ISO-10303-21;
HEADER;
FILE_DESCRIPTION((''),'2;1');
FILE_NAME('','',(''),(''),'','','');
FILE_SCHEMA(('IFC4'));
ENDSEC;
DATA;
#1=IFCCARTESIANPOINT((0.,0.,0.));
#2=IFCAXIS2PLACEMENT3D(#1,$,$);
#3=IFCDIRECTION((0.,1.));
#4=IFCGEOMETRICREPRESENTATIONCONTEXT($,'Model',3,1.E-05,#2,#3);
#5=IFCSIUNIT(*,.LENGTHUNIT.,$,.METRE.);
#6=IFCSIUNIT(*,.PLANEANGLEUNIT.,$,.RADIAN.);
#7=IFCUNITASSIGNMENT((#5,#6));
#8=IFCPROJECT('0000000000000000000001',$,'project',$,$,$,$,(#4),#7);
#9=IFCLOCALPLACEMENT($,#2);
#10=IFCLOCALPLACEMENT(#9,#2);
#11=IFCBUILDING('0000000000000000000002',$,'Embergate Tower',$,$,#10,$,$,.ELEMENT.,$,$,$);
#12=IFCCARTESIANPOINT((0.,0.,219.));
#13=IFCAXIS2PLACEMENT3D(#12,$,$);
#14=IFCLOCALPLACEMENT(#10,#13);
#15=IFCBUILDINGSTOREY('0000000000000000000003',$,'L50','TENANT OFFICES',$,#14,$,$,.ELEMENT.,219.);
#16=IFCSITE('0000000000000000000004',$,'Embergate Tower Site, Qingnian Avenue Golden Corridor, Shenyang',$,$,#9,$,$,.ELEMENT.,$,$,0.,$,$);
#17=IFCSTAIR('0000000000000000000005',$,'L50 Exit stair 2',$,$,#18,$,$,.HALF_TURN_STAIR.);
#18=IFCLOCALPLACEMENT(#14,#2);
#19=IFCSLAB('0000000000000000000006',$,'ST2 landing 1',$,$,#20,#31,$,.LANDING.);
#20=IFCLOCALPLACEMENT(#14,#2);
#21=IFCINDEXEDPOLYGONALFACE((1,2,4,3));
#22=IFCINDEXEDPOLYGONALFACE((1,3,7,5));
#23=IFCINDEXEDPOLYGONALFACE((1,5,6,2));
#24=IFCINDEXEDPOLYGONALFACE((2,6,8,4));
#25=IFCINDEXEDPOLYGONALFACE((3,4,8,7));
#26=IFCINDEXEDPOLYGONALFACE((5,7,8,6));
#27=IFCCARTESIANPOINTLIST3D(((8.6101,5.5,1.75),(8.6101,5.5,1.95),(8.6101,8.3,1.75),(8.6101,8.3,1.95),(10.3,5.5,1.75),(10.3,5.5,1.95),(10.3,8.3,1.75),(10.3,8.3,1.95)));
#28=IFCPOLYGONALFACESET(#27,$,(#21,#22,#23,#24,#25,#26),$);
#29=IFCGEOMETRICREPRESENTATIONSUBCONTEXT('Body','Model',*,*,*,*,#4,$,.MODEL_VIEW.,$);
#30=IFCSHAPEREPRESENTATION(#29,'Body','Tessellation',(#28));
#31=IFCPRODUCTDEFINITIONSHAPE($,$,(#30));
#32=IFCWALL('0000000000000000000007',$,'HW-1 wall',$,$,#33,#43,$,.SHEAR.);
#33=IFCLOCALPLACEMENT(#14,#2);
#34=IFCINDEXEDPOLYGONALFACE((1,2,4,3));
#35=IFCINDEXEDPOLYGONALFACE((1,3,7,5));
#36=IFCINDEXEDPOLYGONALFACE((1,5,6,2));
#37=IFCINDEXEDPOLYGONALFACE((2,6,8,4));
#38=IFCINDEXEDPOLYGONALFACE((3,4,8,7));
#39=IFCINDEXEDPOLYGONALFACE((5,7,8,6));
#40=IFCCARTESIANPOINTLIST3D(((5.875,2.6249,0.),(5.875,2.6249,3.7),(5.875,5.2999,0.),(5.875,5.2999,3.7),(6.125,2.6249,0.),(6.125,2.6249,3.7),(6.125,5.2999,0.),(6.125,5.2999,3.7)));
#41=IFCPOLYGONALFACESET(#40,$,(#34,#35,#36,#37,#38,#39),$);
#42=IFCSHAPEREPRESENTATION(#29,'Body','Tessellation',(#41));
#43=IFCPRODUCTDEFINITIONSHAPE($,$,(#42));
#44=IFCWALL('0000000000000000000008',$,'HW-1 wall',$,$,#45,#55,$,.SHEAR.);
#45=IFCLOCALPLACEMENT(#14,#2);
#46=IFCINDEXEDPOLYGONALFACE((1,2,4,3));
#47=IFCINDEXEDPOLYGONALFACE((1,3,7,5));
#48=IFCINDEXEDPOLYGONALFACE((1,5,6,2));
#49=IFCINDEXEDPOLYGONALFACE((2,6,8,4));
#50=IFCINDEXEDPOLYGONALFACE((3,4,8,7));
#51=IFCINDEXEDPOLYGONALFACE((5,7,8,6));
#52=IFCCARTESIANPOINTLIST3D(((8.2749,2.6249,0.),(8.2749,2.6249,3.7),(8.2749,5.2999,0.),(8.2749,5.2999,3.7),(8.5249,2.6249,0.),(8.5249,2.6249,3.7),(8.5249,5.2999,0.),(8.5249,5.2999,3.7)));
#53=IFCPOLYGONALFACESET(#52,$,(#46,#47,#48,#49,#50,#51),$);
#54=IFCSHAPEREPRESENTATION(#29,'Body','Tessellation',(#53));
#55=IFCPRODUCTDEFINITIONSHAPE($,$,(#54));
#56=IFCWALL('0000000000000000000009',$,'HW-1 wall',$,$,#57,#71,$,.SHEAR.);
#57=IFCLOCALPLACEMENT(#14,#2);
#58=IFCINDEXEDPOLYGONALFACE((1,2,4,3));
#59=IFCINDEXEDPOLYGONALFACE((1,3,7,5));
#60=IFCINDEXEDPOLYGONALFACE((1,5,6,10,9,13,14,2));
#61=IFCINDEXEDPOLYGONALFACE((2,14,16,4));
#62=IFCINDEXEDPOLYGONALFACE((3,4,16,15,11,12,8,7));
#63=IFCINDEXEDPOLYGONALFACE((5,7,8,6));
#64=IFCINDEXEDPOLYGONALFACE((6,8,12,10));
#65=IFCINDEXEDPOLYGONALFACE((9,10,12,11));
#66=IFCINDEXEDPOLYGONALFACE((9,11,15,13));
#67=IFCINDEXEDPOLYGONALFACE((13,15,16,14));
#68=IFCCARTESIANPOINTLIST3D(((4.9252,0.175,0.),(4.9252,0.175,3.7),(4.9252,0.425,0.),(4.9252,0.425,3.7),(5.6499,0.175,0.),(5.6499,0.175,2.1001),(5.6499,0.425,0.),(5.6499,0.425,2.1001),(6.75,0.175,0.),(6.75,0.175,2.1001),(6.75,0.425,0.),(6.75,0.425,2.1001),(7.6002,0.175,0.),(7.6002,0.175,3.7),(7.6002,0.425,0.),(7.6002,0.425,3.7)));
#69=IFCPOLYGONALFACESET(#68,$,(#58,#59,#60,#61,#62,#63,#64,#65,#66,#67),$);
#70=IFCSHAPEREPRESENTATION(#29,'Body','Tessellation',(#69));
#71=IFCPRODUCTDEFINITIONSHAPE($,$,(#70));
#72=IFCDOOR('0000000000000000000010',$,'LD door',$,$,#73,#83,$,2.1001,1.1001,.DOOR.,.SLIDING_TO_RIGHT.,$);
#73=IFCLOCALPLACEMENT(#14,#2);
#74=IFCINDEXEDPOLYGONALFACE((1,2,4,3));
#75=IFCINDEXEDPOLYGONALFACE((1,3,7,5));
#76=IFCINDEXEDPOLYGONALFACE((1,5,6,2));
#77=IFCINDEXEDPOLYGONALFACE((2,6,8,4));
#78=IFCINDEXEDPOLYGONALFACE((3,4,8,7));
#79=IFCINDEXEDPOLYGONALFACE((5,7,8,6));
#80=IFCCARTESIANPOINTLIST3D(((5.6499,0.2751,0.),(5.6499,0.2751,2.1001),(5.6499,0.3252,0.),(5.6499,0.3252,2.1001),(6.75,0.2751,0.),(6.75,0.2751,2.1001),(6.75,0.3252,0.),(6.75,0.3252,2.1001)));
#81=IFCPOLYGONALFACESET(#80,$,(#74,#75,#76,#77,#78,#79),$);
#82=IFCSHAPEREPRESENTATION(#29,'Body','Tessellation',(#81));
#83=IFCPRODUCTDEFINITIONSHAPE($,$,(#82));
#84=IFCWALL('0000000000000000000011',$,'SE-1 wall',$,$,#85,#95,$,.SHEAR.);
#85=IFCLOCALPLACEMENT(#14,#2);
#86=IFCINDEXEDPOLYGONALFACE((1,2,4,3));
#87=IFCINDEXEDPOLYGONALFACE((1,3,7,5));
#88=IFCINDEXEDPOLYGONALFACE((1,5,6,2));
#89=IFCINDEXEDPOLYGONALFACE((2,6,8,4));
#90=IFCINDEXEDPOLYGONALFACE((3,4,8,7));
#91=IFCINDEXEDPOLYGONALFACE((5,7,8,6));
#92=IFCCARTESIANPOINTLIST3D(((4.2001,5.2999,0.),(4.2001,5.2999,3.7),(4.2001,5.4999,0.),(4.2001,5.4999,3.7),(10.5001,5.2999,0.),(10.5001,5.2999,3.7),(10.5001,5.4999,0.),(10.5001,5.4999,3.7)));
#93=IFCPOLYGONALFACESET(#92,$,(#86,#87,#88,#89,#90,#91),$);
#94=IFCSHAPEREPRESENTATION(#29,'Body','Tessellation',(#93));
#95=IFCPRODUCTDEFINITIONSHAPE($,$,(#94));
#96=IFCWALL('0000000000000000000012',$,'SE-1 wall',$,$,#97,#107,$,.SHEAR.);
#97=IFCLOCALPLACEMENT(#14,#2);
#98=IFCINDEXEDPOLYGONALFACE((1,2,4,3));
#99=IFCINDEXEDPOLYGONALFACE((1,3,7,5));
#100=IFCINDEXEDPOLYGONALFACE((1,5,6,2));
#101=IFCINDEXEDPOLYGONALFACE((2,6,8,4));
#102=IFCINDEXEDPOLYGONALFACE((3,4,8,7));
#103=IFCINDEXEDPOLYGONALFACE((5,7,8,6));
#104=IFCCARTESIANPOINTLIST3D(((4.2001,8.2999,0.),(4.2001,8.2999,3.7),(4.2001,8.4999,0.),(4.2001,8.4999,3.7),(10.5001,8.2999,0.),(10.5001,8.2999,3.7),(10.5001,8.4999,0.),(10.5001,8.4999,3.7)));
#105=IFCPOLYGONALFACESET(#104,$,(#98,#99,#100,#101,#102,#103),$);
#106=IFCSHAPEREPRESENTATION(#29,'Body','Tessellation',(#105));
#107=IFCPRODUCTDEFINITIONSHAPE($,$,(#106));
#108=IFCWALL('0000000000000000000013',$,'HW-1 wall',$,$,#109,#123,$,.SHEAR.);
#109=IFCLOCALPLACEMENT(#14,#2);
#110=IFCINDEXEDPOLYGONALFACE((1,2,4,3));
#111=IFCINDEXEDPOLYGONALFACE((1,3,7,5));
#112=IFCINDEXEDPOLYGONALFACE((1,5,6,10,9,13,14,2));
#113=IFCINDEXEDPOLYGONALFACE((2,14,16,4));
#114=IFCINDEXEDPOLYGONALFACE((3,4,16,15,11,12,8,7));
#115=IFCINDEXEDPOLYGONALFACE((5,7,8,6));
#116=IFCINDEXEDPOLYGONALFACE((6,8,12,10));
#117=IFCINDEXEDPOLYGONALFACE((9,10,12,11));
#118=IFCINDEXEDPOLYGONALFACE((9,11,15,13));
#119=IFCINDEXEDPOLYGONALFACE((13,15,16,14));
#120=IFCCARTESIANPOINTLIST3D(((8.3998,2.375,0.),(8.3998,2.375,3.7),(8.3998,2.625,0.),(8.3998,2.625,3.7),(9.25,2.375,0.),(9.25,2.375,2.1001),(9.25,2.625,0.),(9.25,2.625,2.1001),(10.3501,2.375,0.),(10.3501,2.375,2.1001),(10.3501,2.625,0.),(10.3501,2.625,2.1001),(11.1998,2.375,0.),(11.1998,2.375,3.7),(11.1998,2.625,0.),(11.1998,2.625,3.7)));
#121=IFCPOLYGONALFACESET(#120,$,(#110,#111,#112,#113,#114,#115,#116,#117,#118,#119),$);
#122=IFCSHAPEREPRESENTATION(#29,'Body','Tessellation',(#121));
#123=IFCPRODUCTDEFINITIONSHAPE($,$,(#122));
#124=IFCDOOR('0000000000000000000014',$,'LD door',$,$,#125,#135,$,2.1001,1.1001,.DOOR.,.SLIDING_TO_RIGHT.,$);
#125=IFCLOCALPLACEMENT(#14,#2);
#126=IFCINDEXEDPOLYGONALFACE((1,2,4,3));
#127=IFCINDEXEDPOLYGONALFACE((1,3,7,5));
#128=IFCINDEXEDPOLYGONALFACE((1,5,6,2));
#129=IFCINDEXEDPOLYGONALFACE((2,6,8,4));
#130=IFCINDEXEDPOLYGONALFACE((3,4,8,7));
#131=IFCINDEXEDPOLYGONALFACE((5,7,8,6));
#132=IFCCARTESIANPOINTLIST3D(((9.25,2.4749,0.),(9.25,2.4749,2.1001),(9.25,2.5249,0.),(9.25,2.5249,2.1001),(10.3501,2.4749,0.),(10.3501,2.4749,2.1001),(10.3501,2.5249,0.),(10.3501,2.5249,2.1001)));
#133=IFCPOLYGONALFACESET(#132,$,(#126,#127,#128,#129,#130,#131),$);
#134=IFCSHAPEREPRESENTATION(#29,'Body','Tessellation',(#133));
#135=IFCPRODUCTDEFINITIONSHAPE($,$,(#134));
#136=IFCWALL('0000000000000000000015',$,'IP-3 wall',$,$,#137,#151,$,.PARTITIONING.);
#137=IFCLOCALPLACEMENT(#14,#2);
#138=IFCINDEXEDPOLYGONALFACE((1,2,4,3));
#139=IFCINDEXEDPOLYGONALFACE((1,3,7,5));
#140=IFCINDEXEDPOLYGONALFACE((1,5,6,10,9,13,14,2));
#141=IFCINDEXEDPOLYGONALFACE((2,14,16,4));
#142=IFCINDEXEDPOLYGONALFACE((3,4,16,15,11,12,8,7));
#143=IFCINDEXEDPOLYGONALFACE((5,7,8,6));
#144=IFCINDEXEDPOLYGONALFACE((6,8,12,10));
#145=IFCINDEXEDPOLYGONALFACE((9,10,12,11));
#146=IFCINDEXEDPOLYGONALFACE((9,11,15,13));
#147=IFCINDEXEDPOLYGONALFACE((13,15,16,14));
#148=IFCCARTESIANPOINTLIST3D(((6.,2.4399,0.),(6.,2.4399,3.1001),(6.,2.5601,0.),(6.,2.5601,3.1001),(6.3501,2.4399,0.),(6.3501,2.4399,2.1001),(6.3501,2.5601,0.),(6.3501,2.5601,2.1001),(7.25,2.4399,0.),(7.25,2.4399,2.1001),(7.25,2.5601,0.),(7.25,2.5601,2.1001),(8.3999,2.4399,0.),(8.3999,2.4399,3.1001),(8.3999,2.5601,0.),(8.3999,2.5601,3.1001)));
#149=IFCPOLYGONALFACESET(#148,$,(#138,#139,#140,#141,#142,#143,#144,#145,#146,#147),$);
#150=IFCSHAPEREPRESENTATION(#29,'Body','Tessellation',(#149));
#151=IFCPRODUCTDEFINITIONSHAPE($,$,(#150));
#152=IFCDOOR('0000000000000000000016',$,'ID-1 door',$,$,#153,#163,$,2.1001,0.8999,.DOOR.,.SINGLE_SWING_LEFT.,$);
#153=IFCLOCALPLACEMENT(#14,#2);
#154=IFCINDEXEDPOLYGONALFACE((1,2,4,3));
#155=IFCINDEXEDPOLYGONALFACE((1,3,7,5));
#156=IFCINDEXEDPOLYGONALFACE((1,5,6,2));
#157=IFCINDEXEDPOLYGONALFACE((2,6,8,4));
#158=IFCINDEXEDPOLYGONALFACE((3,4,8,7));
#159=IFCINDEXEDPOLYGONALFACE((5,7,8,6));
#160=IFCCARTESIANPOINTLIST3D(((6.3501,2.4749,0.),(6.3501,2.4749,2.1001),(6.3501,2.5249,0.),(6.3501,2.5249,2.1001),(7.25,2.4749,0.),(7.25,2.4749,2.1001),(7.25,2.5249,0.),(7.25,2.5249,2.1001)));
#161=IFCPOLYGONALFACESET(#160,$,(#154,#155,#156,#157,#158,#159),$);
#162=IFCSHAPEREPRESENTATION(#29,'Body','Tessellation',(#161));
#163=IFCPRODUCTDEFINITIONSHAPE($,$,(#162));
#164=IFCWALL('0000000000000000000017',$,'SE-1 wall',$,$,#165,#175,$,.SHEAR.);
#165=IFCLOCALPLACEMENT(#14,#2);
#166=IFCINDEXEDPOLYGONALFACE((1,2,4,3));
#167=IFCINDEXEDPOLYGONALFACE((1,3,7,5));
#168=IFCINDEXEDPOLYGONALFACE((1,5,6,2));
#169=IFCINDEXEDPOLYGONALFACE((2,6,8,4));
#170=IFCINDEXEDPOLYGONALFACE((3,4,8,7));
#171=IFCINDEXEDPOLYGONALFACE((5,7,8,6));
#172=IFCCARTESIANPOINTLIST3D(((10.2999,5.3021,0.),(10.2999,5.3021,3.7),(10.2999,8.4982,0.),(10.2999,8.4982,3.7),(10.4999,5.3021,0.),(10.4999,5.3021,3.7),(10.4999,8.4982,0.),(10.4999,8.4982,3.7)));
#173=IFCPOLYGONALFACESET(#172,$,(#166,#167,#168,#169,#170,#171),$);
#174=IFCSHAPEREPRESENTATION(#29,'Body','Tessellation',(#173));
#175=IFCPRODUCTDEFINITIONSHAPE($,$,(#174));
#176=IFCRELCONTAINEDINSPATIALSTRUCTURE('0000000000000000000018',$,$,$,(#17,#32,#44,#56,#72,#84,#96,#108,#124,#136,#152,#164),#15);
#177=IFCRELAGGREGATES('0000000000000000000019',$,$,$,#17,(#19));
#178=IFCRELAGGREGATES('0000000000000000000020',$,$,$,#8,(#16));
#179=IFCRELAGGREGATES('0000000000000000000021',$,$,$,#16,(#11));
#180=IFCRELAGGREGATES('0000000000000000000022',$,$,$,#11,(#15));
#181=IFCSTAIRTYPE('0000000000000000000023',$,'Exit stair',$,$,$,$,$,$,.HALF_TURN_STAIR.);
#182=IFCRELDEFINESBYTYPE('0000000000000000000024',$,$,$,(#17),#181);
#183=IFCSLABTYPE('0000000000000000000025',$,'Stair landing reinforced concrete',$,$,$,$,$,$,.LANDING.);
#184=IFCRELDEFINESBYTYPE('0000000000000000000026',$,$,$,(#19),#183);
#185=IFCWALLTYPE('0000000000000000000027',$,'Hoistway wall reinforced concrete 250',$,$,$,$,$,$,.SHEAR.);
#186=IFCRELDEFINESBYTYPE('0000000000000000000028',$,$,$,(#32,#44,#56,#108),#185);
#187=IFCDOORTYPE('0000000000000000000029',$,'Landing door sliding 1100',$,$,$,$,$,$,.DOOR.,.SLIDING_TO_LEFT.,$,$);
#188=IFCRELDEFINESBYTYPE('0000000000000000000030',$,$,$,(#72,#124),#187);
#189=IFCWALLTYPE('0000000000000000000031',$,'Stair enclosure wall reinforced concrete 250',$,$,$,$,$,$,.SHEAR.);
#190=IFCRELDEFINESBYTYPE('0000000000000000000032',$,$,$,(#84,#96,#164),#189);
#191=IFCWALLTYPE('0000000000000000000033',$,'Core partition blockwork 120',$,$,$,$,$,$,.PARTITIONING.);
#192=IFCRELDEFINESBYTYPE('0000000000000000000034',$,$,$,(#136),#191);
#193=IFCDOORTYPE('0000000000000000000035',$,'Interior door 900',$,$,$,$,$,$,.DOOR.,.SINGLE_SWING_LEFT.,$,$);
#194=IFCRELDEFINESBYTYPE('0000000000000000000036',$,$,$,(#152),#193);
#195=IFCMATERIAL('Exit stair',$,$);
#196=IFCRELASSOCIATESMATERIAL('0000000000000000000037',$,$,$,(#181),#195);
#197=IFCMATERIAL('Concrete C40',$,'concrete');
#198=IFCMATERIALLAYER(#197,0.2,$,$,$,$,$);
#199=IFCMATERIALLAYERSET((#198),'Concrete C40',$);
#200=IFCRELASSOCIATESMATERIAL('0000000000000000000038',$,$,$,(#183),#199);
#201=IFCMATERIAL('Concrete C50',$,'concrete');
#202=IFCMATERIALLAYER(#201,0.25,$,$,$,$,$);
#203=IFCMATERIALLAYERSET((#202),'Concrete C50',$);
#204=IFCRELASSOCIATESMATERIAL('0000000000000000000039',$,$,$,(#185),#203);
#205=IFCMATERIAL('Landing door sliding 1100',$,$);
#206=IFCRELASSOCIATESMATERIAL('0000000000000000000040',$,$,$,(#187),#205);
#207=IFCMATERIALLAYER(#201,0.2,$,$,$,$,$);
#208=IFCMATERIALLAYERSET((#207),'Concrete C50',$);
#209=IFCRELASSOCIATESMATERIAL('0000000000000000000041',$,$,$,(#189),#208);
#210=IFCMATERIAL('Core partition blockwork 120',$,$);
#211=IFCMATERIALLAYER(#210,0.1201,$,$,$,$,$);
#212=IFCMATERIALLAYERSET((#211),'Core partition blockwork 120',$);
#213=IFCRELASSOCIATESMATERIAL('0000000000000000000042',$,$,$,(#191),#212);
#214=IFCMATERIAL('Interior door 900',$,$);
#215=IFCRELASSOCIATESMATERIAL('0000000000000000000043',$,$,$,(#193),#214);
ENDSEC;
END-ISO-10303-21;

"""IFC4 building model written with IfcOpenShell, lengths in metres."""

from ifc_helpers import new_model, si_unit, direction, frame, frame_2d, origin, place, context, subcontext, project, spatial, polyline, rectangle, outline, extrude, source, transform, mapped, material, layer, layer_set, type_object, element, fill, aggregate, save


model = new_model("IFC4")

# Units and contexts
model_context = context("Model", 3, precision=1e-05, world=origin(), true_north=direction((0.0, 1.0)))
body_context = subcontext(model_context, "Body", "Model", "MODEL_VIEW")
ifc_project = project(units=[si_unit("LENGTHUNIT", "METRE"), si_unit("PLANEANGLEUNIT", "RADIAN")], contexts=[model_context])

# Site, building, storey
site_placement = place(None, origin())
site = spatial("IfcSite", under=ifc_project, at=site_placement, Name="Embergate Tower Site, Qingnian Avenue Golden Corridor, Shenyang", CompositionType="ELEMENT", RefElevation=0.0)
building_placement = place(site_placement, origin())
building = spatial("IfcBuilding", under=site, at=building_placement, Name="Embergate Tower", CompositionType="ELEMENT")
storey_placement = place(building_placement, frame((0.0, 0.0, 219.0)))
storey = spatial("IfcBuildingStorey", under=building, at=storey_placement, Name="L50", Description="TENANT OFFICES", CompositionType="ELEMENT", Elevation=219.0)

# Stair, slab
ifc_material_1 = material(Name="Exit stair")
stair_type = type_object("IfcStairType", Name="Exit stair", PredefinedType="HALF_TURN_STAIR", material=ifc_material_1)
stair_placement = place(storey_placement, origin())
stair = element("IfcStair", 1, at=stair_placement, inside=storey, type_object=stair_type, Name="L50 Exit stair 2", PredefinedType="HALF_TURN_STAIR")
ifc_material_2 = material(Name="Concrete C40", Category="concrete")
ifc_layer_1 = layer(ifc_material_2, 0.2)
ifc_layer_set_1 = layer_set([ifc_layer_1], Name="Concrete C40")
slab_type = type_object("IfcSlabType", Name="Stair landing reinforced concrete", PredefinedType="LANDING", material=ifc_layer_set_1)
shared_shape_1 = source(origin(), body_context, "Body", "SweptSolid", [
    extrude(outline(polyline([(0.0, 0.0), (1.6899, 0.0), (1.6899, 2.8), (0.0, 2.8), (0.0, 0.0)])), origin(), (0.0, 0.0, 1.0), 0.2),
])
slab_placement = place(storey_placement, frame((8.6101, 5.5, 1.75)))
slab = element("IfcSlab", 2, at=slab_placement, type_object=slab_type, Name="ST2 landing 1", PredefinedType="LANDING", context=body_context, shape_type="MappedRepresentation", body=[
    mapped(shared_shape_1, transform((0.0, 0.0, 0.0))),
])

# Walls
ifc_material_3 = material(Name="Concrete C50", Category="concrete")
ifc_layer_2 = layer(ifc_material_3, 0.25)
ifc_layer_set_2 = layer_set([ifc_layer_2], Name="Concrete C50")
wall_type_1 = type_object("IfcWallType", Name="Hoistway wall reinforced concrete 250", PredefinedType="SHEAR", material=ifc_layer_set_2)
shared_shape_2 = source(origin(), body_context, "Body", "SweptSolid", [
    extrude(rectangle(XDim=2.675, YDim=0.25, at=frame_2d((1.3374, 0.0))), origin(), (0.0, 0.0, 1.0), 3.7),
])
for number, where, z_axis, x_axis, name in (
    (3, (6.0, 2.625, 0.0), (0.0, 0.0, 1.0), (0.0, 1.0, 0.0), "HW-1 wall"),
    (4, (8.3999, 2.625, 0.0), (0.0, 0.0, 1.0), (0.0, 1.0, 0.0), "HW-1 wall"),
):
    element("IfcWall", number, at=place(storey_placement, frame(where, z_axis=z_axis, x_axis=x_axis)), inside=storey, type_object=wall_type_1, Name=name, PredefinedType="SHEAR", context=body_context, shape_type="MappedRepresentation", body=[
        mapped(shared_shape_2, transform((0.0, 0.0, 0.0))),
    ])

# Wall, opening, door
wall_1_placement = place(storey_placement, frame((7.6001, 0.3, 0.0), z_axis=(0.0, 0.0, 1.0), x_axis=(-1.0, 0.0, 0.0)))
wall_1 = element("IfcWall", 5, at=wall_1_placement, inside=storey, type_object=wall_type_1, Name="HW-1 wall", PredefinedType="SHEAR", context=body_context, shape_type="MappedRepresentation", body=[
    mapped(shared_shape_2, transform((0.0, 0.0, 0.0))),
])
shared_shape_3 = source(origin(), body_context, "Body", "SweptSolid", [
    extrude(rectangle(XDim=1.1001, YDim=2.1001, at=frame_2d((0.55, 1.05))), frame((0.0, 0.135, 0.0), z_axis=(0.0, -1.0, 0.0), x_axis=(1.0, 0.0, 0.0)), (0.0, 0.0, 1.0), 0.27),
])
opening_1_placement = place(wall_1_placement, frame((0.8501, 0.0, 0.0)))
opening_1 = element("IfcOpeningElement", 6, at=opening_1_placement, cuts=wall_1, PredefinedType="OPENING", context=body_context, shape_type="MappedRepresentation", body=[
    mapped(shared_shape_3, transform((0.0, 0.0, 0.0))),
])
ifc_material_4 = material(Name="Landing door sliding 1100")
door_type_1 = type_object("IfcDoorType", Name="Landing door sliding 1100", OperationType="SLIDING_TO_LEFT", PredefinedType="DOOR", material=ifc_material_4)
shared_shape_4 = source(origin(), body_context, "Body", "SweptSolid", [
    extrude(rectangle(XDim=1.1001, YDim=2.1001, at=frame_2d((0.55, 1.05))), frame((0.0, 0.0249, 0.0), z_axis=(0.0, -1.0, 0.0), x_axis=(1.0, 0.0, 0.0)), (0.0, 0.0, 1.0), 0.05),
])
door_1_placement = place(opening_1_placement, origin())
door_1 = element("IfcDoor", 7, at=door_1_placement, inside=storey, type_object=door_type_1, Name="LD door", OperationType="SLIDING_TO_RIGHT", OverallHeight=2.1001, OverallWidth=1.1001, PredefinedType="DOOR", context=body_context, shape_type="MappedRepresentation", body=[
    mapped(shared_shape_4, transform((0.0, 0.0, 0.0))),
])
fill(opening_1, door_1)

# Walls
ifc_layer_3 = layer(ifc_material_3, 0.2)
ifc_layer_set_3 = layer_set([ifc_layer_3], Name="Concrete C50")
wall_type_2 = type_object("IfcWallType", Name="Stair enclosure wall reinforced concrete 250", PredefinedType="SHEAR", material=ifc_layer_set_3)
shared_shape_5 = source(origin(), body_context, "Body", "SweptSolid", [
    extrude(rectangle(XDim=6.3, YDim=0.2, at=frame_2d((3.1499, 0.0))), origin(), (0.0, 0.0, 1.0), 3.7),
])
for number, where, z_axis, x_axis, name in (
    (8, (10.5, 5.3999, 0.0), (0.0, 0.0, 1.0), (-1.0, 0.0, 0.0), "SE-1 wall"),
    (9, (10.5, 8.3999, 0.0), (0.0, 0.0, 1.0), (-1.0, 0.0, 0.0), "SE-1 wall"),
):
    element("IfcWall", number, at=place(storey_placement, frame(where, z_axis=z_axis, x_axis=x_axis)), inside=storey, type_object=wall_type_2, Name=name, PredefinedType="SHEAR", context=body_context, shape_type="MappedRepresentation", body=[
        mapped(shared_shape_5, transform((0.0, 0.0, 0.0))),
    ])

# Walls, openings, doors
shared_shape_6 = source(origin(), body_context, "Body", "SweptSolid", [
    extrude(rectangle(XDim=2.8, YDim=0.25, at=frame_2d((1.3999, 0.0))), origin(), (0.0, 0.0, 1.0), 3.7),
])
wall_2_placement = place(storey_placement, frame((8.3999, 2.5, 0.0), z_axis=(0.0, 0.0, 1.0), x_axis=(1.0, 0.0, 0.0)))
wall_2 = element("IfcWall", 10, at=wall_2_placement, inside=storey, type_object=wall_type_1, Name="HW-1 wall", PredefinedType="SHEAR", context=body_context, shape_type="MappedRepresentation", body=[
    mapped(shared_shape_6, transform((0.0, 0.0, 0.0))),
])
opening_2_placement = place(wall_2_placement, frame((0.8501, 0.0, 0.0)))
opening_2 = element("IfcOpeningElement", 11, at=opening_2_placement, cuts=wall_2, PredefinedType="OPENING", context=body_context, shape_type="MappedRepresentation", body=[
    mapped(shared_shape_3, transform((0.0, 0.0, 0.0))),
])
door_2_placement = place(opening_2_placement, origin())
door_2 = element("IfcDoor", 12, at=door_2_placement, inside=storey, type_object=door_type_1, Name="LD door", OperationType="SLIDING_TO_RIGHT", OverallHeight=2.1001, OverallWidth=1.1001, PredefinedType="DOOR", context=body_context, shape_type="MappedRepresentation", body=[
    mapped(shared_shape_4, transform((0.0, 0.0, 0.0))),
])
fill(opening_2, door_2)
ifc_material_5 = material(Name="Core partition blockwork 120")
ifc_layer_4 = layer(ifc_material_5, 0.1201)
ifc_layer_set_4 = layer_set([ifc_layer_4], Name="Core partition blockwork 120")
wall_type_3 = type_object("IfcWallType", Name="Core partition blockwork 120", PredefinedType="PARTITIONING", material=ifc_layer_set_4)
shared_shape_7 = source(origin(), body_context, "Body", "SweptSolid", [
    extrude(rectangle(XDim=2.3999, YDim=0.1201, at=frame_2d((1.2, 0.0))), origin(), (0.0, 0.0, 1.0), 3.1001),
])
wall_3_placement = place(storey_placement, frame((6.0, 2.5, 0.0), z_axis=(0.0, 0.0, 1.0), x_axis=(1.0, 0.0, 0.0)))
wall_3 = element("IfcWall", 13, at=wall_3_placement, inside=storey, type_object=wall_type_3, Name="IP-3 wall", PredefinedType="PARTITIONING", context=body_context, shape_type="MappedRepresentation", body=[
    mapped(shared_shape_7, transform((0.0, 0.0, 0.0))),
])
shared_shape_8 = source(origin(), body_context, "Body", "SweptSolid", [
    extrude(rectangle(XDim=0.8999, YDim=2.1001, at=frame_2d((0.45, 1.05))), frame((0.0, 0.0701, 0.0), z_axis=(0.0, -1.0, 0.0), x_axis=(1.0, 0.0, 0.0)), (0.0, 0.0, 1.0), 0.1401),
])
opening_3_placement = place(wall_3_placement, frame((0.3501, 0.0, 0.0)))
opening_3 = element("IfcOpeningElement", 14, at=opening_3_placement, cuts=wall_3, PredefinedType="OPENING", context=body_context, shape_type="MappedRepresentation", body=[
    mapped(shared_shape_8, transform((0.0, 0.0, 0.0))),
])
ifc_material_6 = material(Name="Interior door 900")
door_type_2 = type_object("IfcDoorType", Name="Interior door 900", OperationType="SINGLE_SWING_LEFT", PredefinedType="DOOR", material=ifc_material_6)
shared_shape_9 = source(origin(), body_context, "Body", "SweptSolid", [
    extrude(rectangle(XDim=0.8999, YDim=2.1001, at=frame_2d((0.45, 1.05))), frame((0.0, 0.0249, 0.0), z_axis=(0.0, -1.0, 0.0), x_axis=(1.0, 0.0, 0.0)), (0.0, 0.0, 1.0), 0.05),
])
door_3_placement = place(opening_3_placement, origin())
door_3 = element("IfcDoor", 15, at=door_3_placement, inside=storey, type_object=door_type_2, Name="ID-1 door", OperationType="SINGLE_SWING_LEFT", OverallHeight=2.1001, OverallWidth=0.8999, PredefinedType="DOOR", context=body_context, shape_type="MappedRepresentation", body=[
    mapped(shared_shape_9, transform((0.0, 0.0, 0.0))),
])
fill(opening_3, door_3)

# Wall
shared_shape_10 = source(origin(), body_context, "Body", "SweptSolid", [
    extrude(rectangle(XDim=3.196, YDim=0.2, at=frame_2d((1.5981, 0.0))), origin(), (0.0, 0.0, 1.0), 3.7),
])
wall_4_placement = place(storey_placement, frame((10.3999, 5.302, 0.0), z_axis=(0.0, 0.0, 1.0), x_axis=(0.0, 1.0, 0.0)))
element("IfcWall", 16, at=wall_4_placement, inside=storey, type_object=wall_type_2, Name="SE-1 wall", PredefinedType="SHEAR", context=body_context, shape_type="MappedRepresentation", body=[
    mapped(shared_shape_10, transform((0.0, 0.0, 0.0))),
])

aggregate(stair, [slab])

save(model, "model.ifc")
